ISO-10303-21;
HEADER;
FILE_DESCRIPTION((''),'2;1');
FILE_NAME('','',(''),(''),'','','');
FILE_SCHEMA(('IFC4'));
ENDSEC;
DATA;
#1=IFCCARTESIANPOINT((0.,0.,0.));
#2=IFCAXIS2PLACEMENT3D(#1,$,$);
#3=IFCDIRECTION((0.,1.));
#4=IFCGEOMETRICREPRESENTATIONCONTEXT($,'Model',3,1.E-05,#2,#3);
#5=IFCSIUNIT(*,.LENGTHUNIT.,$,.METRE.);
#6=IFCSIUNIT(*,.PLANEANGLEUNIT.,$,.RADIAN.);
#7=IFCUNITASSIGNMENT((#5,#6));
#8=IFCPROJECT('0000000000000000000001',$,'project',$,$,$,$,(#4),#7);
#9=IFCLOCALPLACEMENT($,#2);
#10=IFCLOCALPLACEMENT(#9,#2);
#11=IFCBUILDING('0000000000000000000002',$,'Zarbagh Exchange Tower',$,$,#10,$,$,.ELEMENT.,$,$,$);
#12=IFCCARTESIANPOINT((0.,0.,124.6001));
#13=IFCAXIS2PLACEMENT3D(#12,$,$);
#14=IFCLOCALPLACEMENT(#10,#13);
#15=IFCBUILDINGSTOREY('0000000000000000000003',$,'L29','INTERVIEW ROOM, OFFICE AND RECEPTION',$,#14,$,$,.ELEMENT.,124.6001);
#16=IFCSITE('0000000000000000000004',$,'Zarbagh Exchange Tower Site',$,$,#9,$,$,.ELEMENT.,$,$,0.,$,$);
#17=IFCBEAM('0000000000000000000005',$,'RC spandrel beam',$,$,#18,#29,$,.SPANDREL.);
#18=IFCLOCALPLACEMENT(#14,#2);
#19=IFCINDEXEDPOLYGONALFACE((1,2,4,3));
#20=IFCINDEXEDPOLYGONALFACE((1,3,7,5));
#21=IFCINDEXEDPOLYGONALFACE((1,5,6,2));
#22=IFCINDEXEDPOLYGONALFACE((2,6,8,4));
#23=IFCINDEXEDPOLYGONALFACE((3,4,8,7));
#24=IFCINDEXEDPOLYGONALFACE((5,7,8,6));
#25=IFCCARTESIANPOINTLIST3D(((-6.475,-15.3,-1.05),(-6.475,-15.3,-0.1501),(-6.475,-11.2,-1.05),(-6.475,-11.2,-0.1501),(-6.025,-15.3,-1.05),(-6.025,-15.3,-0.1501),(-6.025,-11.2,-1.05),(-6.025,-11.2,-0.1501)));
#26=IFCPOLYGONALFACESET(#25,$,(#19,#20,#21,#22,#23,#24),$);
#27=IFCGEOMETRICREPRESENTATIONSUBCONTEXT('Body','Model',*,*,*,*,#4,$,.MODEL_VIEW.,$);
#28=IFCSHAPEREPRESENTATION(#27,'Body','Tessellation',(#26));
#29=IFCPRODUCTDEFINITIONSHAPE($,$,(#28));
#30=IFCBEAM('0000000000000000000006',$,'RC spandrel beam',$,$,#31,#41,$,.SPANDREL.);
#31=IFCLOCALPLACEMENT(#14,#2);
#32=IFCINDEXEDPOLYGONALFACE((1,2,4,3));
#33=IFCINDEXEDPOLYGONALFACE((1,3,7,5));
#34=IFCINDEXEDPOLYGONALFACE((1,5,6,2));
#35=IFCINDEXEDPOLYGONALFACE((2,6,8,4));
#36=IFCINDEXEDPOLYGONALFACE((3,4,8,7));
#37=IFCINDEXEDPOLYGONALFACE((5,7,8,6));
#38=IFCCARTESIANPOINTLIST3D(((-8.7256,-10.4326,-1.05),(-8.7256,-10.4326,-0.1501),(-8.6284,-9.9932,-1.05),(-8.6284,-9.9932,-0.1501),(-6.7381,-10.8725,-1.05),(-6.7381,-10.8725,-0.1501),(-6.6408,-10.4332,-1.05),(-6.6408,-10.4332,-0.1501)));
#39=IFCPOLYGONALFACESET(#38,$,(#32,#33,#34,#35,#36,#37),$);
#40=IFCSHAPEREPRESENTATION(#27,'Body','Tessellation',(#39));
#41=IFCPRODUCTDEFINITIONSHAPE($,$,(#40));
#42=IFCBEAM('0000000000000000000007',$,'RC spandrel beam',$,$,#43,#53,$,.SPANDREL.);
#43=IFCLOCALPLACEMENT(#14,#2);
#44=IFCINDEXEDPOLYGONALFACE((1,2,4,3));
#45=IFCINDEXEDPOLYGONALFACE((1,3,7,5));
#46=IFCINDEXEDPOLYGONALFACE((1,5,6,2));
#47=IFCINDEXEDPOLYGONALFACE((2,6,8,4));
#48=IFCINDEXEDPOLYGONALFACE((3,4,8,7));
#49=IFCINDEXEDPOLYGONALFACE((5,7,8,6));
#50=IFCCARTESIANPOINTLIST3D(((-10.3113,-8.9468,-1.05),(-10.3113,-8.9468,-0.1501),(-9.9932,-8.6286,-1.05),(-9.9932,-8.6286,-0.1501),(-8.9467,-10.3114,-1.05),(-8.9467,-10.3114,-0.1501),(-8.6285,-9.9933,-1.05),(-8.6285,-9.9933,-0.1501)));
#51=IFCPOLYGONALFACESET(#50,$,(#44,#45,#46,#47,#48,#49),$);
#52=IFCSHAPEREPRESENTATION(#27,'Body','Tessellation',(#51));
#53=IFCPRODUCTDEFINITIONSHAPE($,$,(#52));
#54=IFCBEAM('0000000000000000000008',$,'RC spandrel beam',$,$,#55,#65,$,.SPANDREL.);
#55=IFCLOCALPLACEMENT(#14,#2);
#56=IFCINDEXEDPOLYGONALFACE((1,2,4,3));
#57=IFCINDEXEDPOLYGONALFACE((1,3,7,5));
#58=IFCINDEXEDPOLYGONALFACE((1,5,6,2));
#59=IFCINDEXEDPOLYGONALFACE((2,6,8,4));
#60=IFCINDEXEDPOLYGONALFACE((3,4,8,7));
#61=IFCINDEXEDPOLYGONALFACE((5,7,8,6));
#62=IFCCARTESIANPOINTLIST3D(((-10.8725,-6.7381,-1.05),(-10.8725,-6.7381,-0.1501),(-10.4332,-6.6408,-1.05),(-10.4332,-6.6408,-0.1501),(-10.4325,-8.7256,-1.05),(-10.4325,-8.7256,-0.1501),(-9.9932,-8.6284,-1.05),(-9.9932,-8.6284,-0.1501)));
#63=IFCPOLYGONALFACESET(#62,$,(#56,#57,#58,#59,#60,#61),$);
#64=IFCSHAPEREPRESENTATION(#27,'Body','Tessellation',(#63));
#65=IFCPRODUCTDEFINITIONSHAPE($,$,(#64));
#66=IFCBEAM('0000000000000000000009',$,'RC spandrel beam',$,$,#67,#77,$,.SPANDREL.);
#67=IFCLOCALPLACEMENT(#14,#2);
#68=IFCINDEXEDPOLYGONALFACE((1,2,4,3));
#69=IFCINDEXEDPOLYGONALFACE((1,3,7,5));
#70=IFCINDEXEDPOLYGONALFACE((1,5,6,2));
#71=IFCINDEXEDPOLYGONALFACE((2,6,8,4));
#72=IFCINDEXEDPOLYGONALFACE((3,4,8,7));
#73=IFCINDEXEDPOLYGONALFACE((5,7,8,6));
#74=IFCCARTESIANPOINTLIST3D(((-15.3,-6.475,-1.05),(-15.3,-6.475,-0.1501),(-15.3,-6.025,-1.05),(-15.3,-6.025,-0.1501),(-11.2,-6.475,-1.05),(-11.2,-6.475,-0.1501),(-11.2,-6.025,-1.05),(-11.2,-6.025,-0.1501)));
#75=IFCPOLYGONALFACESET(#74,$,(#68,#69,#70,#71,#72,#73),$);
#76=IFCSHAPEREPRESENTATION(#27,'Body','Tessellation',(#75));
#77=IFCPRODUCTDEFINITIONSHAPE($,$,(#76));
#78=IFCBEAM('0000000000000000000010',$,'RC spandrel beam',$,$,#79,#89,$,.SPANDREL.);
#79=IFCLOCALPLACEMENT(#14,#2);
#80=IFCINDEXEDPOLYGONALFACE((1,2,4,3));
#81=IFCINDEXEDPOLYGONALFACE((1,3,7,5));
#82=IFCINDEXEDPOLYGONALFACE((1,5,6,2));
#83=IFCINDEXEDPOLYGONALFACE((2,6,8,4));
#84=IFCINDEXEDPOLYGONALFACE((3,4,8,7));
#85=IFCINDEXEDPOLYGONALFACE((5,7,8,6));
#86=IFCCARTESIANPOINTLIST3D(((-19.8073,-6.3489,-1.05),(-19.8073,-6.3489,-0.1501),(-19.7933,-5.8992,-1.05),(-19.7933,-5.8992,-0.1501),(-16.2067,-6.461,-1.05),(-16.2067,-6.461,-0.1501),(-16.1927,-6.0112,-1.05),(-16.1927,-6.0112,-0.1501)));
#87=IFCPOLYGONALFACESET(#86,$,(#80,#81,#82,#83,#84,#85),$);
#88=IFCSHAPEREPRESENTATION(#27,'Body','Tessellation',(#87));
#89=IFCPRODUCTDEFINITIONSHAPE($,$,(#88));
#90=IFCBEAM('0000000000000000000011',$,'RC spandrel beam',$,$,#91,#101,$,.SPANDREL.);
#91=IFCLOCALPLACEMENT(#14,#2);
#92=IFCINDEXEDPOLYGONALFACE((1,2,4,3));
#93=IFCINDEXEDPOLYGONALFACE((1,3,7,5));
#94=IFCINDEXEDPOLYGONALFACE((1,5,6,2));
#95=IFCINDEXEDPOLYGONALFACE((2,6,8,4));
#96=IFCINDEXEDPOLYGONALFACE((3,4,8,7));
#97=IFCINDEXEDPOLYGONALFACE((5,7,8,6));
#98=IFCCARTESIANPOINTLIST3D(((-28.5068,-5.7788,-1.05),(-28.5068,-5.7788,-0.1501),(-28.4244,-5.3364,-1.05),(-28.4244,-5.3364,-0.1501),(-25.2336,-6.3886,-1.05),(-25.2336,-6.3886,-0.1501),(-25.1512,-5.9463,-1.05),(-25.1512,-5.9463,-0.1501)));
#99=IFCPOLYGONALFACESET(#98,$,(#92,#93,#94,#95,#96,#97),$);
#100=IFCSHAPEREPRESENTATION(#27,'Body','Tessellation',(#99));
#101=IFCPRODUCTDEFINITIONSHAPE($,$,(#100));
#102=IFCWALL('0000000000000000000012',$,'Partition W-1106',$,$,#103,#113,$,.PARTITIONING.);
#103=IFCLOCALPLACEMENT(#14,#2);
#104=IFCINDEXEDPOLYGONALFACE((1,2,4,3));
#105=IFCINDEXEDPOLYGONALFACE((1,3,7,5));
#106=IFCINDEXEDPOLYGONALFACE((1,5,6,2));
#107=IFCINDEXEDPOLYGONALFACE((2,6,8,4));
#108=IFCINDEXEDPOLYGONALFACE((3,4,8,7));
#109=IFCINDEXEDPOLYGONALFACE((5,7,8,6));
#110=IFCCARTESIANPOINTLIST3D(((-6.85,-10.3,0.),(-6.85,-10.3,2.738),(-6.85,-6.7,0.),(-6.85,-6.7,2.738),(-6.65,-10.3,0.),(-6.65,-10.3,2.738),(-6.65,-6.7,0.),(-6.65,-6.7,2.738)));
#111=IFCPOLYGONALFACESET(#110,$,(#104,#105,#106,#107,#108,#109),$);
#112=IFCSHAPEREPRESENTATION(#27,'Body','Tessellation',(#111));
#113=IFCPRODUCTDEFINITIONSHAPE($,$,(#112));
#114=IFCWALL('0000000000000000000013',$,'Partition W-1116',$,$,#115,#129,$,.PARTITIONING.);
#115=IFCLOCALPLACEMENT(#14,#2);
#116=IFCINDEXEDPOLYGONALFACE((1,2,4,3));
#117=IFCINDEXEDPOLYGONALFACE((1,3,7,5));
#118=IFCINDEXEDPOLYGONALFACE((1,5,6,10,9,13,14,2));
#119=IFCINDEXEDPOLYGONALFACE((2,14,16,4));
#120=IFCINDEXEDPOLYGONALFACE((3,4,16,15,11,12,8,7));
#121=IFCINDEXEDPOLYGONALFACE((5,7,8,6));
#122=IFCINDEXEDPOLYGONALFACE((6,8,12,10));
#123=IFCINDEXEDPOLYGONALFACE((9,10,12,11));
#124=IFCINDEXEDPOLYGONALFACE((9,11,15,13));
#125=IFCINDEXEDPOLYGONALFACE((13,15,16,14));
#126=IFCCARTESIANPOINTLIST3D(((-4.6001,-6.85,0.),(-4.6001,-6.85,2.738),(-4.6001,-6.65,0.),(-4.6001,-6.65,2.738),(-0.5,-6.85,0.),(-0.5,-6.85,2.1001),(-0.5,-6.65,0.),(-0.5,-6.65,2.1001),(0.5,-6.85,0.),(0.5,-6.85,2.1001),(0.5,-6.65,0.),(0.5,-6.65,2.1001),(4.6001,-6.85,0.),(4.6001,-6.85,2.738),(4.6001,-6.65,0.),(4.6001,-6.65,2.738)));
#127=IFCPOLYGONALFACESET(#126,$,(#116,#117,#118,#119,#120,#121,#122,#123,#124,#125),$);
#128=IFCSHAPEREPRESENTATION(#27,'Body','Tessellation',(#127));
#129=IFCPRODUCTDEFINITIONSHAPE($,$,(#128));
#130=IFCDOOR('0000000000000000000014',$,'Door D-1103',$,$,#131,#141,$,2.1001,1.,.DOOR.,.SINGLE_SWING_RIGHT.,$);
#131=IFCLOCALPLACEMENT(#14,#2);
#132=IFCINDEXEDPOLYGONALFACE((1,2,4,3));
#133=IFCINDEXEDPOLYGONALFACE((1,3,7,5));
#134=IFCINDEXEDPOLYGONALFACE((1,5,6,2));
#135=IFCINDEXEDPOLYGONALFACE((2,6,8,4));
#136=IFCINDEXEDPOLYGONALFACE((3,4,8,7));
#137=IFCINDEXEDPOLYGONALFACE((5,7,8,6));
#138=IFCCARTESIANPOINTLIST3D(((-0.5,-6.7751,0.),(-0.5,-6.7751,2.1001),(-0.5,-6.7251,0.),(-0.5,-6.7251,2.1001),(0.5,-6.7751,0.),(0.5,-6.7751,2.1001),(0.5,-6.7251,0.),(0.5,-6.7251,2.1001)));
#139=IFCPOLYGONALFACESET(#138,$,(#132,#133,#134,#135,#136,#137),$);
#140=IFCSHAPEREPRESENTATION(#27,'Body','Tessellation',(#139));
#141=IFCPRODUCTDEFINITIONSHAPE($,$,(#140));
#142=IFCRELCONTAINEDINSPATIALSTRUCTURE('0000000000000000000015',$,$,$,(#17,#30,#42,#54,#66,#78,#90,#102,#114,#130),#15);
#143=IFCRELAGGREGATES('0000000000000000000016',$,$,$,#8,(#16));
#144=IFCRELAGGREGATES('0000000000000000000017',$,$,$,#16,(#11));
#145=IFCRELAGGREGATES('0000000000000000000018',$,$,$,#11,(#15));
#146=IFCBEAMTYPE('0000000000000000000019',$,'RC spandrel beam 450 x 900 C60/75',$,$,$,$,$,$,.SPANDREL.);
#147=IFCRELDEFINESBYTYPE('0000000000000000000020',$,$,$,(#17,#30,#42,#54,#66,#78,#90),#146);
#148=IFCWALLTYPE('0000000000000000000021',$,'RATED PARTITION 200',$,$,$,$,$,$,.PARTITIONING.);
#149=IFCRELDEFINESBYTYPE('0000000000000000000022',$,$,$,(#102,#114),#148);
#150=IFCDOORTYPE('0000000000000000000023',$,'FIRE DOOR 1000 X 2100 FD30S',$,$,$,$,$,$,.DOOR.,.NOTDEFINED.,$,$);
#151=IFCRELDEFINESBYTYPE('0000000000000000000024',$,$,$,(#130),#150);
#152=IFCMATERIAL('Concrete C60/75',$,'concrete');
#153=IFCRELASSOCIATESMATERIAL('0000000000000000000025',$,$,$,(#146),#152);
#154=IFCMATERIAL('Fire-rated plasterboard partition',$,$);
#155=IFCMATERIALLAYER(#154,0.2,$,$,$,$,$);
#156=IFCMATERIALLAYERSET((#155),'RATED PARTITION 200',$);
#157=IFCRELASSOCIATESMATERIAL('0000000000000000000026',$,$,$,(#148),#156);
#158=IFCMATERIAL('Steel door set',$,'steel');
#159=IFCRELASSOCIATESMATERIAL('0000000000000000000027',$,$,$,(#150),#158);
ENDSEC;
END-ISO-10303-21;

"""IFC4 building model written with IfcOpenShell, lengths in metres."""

from ifc_helpers import new_model, si_unit, direction, frame, frame_2d, origin, origin_2d, place, context, subcontext, project, spatial, rectangle, extrude, material, layer, layer_set, material_profile, profile_set, type_object, element, fill, save


model = new_model("IFC4")

# Units and contexts
model_context = context("Model", 3, precision=1e-05, world=origin(), true_north=direction((0.0, 1.0)))
body_context = subcontext(model_context, "Body", "Model", "MODEL_VIEW")
ifc_project = project(units=[si_unit("LENGTHUNIT", "METRE"), si_unit("PLANEANGLEUNIT", "RADIAN")], contexts=[model_context])

# Site, building, storey
site_placement = place(None, origin())
site = spatial("IfcSite", under=ifc_project, at=site_placement, Name="Zarbagh Exchange Tower Site", CompositionType="ELEMENT", RefElevation=0.0)
building_placement = place(site_placement, origin())
building = spatial("IfcBuilding", under=site, at=building_placement, Name="Zarbagh Exchange Tower", CompositionType="ELEMENT")
storey_placement = place(building_placement, frame((0.0, 0.0, 124.6001)))
storey = spatial("IfcBuildingStorey", under=building, at=storey_placement, Name="L29", Description="INTERVIEW ROOM, OFFICE AND RECEPTION", CompositionType="ELEMENT", Elevation=124.6001)

# Shared definitions
ifc_material_1 = material(Name="Concrete C60/75", Category="concrete")

# Beams
ifc_material_profile_1 = material_profile(ifc_material_1, rectangle(XDim=0.45, YDim=0.8999, at=origin_2d()), Name="RC spandrel beam 450 x 900 C60/75")
ifc_profile_set_1 = profile_set([ifc_material_profile_1], Name="Concrete C60/75")
beam_type_1 = type_object("IfcBeamType", Name="RC spandrel beam 450 x 900 C60/75", PredefinedType="SPANDREL", material=ifc_profile_set_1)
beam_1_placement = place(storey_placement, frame((-6.25, -15.3, -0.6001), z_axis=(0.0, 1.0, 0.0), x_axis=(-1.0, 0.0, 0.0)))
element("IfcBeam", 1, at=beam_1_placement, inside=storey, type_object=beam_type_1, Name="RC spandrel beam", PredefinedType="SPANDREL", context=body_context, shape_type="SweptSolid", body=[
    extrude(rectangle(XDim=0.45, YDim=0.8999, at=origin_2d()), origin(), (0.0, 0.0, 1.0), 4.1001),
])
beam_2_placement = place(storey_placement, frame((-6.6895, -10.6528, -0.6001), z_axis=(-0.976367, 0.216118, 0.0), x_axis=(-0.216118, -0.976367, 0.0)))
element("IfcBeam", 2, at=beam_2_placement, inside=storey, type_object=beam_type_1, Name="RC spandrel beam", PredefinedType="SPANDREL", context=body_context, shape_type="SweptSolid", body=[
    extrude(rectangle(XDim=0.45, YDim=0.8999, at=origin_2d()), origin(), (0.0, 0.0, 1.0), 2.0356),
])
beam_3_placement = place(storey_placement, frame((-8.7876, -10.1523, -0.6001), z_axis=(-0.707107, 0.707107, 0.0), x_axis=(-0.707107, -0.707107, 0.0)))
element("IfcBeam", 3, at=beam_3_placement, inside=storey, type_object=beam_type_1, Name="RC spandrel beam", PredefinedType="SPANDREL", context=body_context, shape_type="SweptSolid", body=[
    extrude(rectangle(XDim=0.45, YDim=0.8999, at=origin_2d()), origin(), (0.0, 0.0, 1.0), 1.9299),
])
beam_4_placement = place(storey_placement, frame((-10.2129, -8.677, -0.6001), z_axis=(-0.216118, 0.976367, 0.0), x_axis=(-0.976367, -0.216118, 0.0)))
element("IfcBeam", 4, at=beam_4_placement, inside=storey, type_object=beam_type_1, Name="RC spandrel beam", PredefinedType="SPANDREL", context=body_context, shape_type="SweptSolid", body=[
    extrude(rectangle(XDim=0.45, YDim=0.8999, at=origin_2d()), origin(), (0.0, 0.0, 1.0), 2.0356),
])
beam_5_placement = place(storey_placement, frame((-11.2, -6.25, -0.6001), z_axis=(-1.0, 0.0, 0.0), x_axis=(0.0, -1.0, 0.0)))
element("IfcBeam", 5, at=beam_5_placement, inside=storey, type_object=beam_type_1, Name="RC spandrel beam", PredefinedType="SPANDREL", context=body_context, shape_type="SweptSolid", body=[
    extrude(rectangle(XDim=0.45, YDim=0.8999, at=origin_2d()), origin(), (0.0, 0.0, 1.0), 4.1001),
])
beam_6_placement = place(storey_placement, frame((-16.1997, -6.2361, -0.6001), z_axis=(-0.999516, 0.031108, 0.0), x_axis=(-0.031108, -0.999516, 0.0)))
element("IfcBeam", 6, at=beam_6_placement, inside=storey, type_object=beam_type_1, Name="RC spandrel beam", PredefinedType="SPANDREL", context=body_context, shape_type="SweptSolid", body=[
    extrude(rectangle(XDim=0.45, YDim=0.8999, at=origin_2d()), origin(), (0.0, 0.0, 1.0), 3.6023),
])
beam_7_placement = place(storey_placement, frame((-25.1924, -6.1675, -0.6001), z_axis=(-0.983082, 0.183168, 0.0), x_axis=(-0.183168, -0.983082, 0.0)))
element("IfcBeam", 7, at=beam_7_placement, inside=storey, type_object=beam_type_1, Name="RC spandrel beam", PredefinedType="SPANDREL", context=body_context, shape_type="SweptSolid", body=[
    extrude(rectangle(XDim=0.45, YDim=0.8999, at=origin_2d()), origin(), (0.0, 0.0, 1.0), 3.3296),
])

# Wall
ifc_material_2 = material(Name="Fire-rated plasterboard partition")
ifc_layer = layer(ifc_material_2, 0.2)
ifc_layer_set = layer_set([ifc_layer], Name="RATED PARTITION 200")
wall_type = type_object("IfcWallType", Name="RATED PARTITION 200", PredefinedType="PARTITIONING", material=ifc_layer_set)
wall_1_placement = place(storey_placement, frame((-6.75, -10.3, 0.0), z_axis=(0.0, 0.0, 1.0), x_axis=(0.0, 1.0, 0.0)))
element("IfcWall", 8, at=wall_1_placement, inside=storey, type_object=wall_type, Name="Partition W-1106", PredefinedType="PARTITIONING", context=body_context, shape_type="SweptSolid", body=[
    extrude(rectangle(XDim=3.6001, YDim=0.2, at=frame_2d((1.8, 0.0))), origin(), (0.0, 0.0, 1.0), 2.738),
])

# Wall, opening, door
wall_2_placement = place(storey_placement, frame((-4.6001, -6.75, 0.0), z_axis=(0.0, 0.0, 1.0), x_axis=(1.0, 0.0, 0.0)))
wall_2 = element("IfcWall", 9, at=wall_2_placement, inside=storey, type_object=wall_type, Name="Partition W-1116", PredefinedType="PARTITIONING", context=body_context, shape_type="SweptSolid", body=[
    extrude(rectangle(XDim=9.2002, YDim=0.2, at=frame_2d((4.6001, 0.0))), origin(), (0.0, 0.0, 1.0), 2.738),
])
opening_placement = place(wall_2_placement, frame((4.1001, 0.0, 0.0)))
opening = element("IfcOpeningElement", 10, at=opening_placement, cuts=wall_2, PredefinedType="OPENING", context=body_context, shape_type="SweptSolid", body=[
    extrude(rectangle(XDim=1.0, YDim=2.1001, at=frame_2d((0.5, 1.05))), frame((0.0, 0.1099, 0.0), z_axis=(0.0, -1.0, 0.0), x_axis=(1.0, 0.0, 0.0)), (0.0, 0.0, 1.0), 0.22),
])
ifc_material_3 = material(Name="Steel door set", Category="steel")
door_type = type_object("IfcDoorType", Name="FIRE DOOR 1000 X 2100 FD30S", OperationType="NOTDEFINED", PredefinedType="DOOR", material=ifc_material_3)
door_placement = place(opening_placement, origin())
door = element("IfcDoor", 11, at=door_placement, inside=storey, type_object=door_type, Name="Door D-1103", OperationType="SINGLE_SWING_RIGHT", OverallHeight=2.1001, OverallWidth=1.0, PredefinedType="DOOR", context=body_context, shape_type="SweptSolid", body=[
    extrude(rectangle(XDim=1.0, YDim=2.1001, at=frame_2d((0.5, 1.05))), frame((0.0, 0.0249, 0.0), z_axis=(0.0, -1.0, 0.0), x_axis=(1.0, 0.0, 0.0)), (0.0, 0.0, 1.0), 0.05),
])
fill(opening, door)

save(model, "model.ifc")
